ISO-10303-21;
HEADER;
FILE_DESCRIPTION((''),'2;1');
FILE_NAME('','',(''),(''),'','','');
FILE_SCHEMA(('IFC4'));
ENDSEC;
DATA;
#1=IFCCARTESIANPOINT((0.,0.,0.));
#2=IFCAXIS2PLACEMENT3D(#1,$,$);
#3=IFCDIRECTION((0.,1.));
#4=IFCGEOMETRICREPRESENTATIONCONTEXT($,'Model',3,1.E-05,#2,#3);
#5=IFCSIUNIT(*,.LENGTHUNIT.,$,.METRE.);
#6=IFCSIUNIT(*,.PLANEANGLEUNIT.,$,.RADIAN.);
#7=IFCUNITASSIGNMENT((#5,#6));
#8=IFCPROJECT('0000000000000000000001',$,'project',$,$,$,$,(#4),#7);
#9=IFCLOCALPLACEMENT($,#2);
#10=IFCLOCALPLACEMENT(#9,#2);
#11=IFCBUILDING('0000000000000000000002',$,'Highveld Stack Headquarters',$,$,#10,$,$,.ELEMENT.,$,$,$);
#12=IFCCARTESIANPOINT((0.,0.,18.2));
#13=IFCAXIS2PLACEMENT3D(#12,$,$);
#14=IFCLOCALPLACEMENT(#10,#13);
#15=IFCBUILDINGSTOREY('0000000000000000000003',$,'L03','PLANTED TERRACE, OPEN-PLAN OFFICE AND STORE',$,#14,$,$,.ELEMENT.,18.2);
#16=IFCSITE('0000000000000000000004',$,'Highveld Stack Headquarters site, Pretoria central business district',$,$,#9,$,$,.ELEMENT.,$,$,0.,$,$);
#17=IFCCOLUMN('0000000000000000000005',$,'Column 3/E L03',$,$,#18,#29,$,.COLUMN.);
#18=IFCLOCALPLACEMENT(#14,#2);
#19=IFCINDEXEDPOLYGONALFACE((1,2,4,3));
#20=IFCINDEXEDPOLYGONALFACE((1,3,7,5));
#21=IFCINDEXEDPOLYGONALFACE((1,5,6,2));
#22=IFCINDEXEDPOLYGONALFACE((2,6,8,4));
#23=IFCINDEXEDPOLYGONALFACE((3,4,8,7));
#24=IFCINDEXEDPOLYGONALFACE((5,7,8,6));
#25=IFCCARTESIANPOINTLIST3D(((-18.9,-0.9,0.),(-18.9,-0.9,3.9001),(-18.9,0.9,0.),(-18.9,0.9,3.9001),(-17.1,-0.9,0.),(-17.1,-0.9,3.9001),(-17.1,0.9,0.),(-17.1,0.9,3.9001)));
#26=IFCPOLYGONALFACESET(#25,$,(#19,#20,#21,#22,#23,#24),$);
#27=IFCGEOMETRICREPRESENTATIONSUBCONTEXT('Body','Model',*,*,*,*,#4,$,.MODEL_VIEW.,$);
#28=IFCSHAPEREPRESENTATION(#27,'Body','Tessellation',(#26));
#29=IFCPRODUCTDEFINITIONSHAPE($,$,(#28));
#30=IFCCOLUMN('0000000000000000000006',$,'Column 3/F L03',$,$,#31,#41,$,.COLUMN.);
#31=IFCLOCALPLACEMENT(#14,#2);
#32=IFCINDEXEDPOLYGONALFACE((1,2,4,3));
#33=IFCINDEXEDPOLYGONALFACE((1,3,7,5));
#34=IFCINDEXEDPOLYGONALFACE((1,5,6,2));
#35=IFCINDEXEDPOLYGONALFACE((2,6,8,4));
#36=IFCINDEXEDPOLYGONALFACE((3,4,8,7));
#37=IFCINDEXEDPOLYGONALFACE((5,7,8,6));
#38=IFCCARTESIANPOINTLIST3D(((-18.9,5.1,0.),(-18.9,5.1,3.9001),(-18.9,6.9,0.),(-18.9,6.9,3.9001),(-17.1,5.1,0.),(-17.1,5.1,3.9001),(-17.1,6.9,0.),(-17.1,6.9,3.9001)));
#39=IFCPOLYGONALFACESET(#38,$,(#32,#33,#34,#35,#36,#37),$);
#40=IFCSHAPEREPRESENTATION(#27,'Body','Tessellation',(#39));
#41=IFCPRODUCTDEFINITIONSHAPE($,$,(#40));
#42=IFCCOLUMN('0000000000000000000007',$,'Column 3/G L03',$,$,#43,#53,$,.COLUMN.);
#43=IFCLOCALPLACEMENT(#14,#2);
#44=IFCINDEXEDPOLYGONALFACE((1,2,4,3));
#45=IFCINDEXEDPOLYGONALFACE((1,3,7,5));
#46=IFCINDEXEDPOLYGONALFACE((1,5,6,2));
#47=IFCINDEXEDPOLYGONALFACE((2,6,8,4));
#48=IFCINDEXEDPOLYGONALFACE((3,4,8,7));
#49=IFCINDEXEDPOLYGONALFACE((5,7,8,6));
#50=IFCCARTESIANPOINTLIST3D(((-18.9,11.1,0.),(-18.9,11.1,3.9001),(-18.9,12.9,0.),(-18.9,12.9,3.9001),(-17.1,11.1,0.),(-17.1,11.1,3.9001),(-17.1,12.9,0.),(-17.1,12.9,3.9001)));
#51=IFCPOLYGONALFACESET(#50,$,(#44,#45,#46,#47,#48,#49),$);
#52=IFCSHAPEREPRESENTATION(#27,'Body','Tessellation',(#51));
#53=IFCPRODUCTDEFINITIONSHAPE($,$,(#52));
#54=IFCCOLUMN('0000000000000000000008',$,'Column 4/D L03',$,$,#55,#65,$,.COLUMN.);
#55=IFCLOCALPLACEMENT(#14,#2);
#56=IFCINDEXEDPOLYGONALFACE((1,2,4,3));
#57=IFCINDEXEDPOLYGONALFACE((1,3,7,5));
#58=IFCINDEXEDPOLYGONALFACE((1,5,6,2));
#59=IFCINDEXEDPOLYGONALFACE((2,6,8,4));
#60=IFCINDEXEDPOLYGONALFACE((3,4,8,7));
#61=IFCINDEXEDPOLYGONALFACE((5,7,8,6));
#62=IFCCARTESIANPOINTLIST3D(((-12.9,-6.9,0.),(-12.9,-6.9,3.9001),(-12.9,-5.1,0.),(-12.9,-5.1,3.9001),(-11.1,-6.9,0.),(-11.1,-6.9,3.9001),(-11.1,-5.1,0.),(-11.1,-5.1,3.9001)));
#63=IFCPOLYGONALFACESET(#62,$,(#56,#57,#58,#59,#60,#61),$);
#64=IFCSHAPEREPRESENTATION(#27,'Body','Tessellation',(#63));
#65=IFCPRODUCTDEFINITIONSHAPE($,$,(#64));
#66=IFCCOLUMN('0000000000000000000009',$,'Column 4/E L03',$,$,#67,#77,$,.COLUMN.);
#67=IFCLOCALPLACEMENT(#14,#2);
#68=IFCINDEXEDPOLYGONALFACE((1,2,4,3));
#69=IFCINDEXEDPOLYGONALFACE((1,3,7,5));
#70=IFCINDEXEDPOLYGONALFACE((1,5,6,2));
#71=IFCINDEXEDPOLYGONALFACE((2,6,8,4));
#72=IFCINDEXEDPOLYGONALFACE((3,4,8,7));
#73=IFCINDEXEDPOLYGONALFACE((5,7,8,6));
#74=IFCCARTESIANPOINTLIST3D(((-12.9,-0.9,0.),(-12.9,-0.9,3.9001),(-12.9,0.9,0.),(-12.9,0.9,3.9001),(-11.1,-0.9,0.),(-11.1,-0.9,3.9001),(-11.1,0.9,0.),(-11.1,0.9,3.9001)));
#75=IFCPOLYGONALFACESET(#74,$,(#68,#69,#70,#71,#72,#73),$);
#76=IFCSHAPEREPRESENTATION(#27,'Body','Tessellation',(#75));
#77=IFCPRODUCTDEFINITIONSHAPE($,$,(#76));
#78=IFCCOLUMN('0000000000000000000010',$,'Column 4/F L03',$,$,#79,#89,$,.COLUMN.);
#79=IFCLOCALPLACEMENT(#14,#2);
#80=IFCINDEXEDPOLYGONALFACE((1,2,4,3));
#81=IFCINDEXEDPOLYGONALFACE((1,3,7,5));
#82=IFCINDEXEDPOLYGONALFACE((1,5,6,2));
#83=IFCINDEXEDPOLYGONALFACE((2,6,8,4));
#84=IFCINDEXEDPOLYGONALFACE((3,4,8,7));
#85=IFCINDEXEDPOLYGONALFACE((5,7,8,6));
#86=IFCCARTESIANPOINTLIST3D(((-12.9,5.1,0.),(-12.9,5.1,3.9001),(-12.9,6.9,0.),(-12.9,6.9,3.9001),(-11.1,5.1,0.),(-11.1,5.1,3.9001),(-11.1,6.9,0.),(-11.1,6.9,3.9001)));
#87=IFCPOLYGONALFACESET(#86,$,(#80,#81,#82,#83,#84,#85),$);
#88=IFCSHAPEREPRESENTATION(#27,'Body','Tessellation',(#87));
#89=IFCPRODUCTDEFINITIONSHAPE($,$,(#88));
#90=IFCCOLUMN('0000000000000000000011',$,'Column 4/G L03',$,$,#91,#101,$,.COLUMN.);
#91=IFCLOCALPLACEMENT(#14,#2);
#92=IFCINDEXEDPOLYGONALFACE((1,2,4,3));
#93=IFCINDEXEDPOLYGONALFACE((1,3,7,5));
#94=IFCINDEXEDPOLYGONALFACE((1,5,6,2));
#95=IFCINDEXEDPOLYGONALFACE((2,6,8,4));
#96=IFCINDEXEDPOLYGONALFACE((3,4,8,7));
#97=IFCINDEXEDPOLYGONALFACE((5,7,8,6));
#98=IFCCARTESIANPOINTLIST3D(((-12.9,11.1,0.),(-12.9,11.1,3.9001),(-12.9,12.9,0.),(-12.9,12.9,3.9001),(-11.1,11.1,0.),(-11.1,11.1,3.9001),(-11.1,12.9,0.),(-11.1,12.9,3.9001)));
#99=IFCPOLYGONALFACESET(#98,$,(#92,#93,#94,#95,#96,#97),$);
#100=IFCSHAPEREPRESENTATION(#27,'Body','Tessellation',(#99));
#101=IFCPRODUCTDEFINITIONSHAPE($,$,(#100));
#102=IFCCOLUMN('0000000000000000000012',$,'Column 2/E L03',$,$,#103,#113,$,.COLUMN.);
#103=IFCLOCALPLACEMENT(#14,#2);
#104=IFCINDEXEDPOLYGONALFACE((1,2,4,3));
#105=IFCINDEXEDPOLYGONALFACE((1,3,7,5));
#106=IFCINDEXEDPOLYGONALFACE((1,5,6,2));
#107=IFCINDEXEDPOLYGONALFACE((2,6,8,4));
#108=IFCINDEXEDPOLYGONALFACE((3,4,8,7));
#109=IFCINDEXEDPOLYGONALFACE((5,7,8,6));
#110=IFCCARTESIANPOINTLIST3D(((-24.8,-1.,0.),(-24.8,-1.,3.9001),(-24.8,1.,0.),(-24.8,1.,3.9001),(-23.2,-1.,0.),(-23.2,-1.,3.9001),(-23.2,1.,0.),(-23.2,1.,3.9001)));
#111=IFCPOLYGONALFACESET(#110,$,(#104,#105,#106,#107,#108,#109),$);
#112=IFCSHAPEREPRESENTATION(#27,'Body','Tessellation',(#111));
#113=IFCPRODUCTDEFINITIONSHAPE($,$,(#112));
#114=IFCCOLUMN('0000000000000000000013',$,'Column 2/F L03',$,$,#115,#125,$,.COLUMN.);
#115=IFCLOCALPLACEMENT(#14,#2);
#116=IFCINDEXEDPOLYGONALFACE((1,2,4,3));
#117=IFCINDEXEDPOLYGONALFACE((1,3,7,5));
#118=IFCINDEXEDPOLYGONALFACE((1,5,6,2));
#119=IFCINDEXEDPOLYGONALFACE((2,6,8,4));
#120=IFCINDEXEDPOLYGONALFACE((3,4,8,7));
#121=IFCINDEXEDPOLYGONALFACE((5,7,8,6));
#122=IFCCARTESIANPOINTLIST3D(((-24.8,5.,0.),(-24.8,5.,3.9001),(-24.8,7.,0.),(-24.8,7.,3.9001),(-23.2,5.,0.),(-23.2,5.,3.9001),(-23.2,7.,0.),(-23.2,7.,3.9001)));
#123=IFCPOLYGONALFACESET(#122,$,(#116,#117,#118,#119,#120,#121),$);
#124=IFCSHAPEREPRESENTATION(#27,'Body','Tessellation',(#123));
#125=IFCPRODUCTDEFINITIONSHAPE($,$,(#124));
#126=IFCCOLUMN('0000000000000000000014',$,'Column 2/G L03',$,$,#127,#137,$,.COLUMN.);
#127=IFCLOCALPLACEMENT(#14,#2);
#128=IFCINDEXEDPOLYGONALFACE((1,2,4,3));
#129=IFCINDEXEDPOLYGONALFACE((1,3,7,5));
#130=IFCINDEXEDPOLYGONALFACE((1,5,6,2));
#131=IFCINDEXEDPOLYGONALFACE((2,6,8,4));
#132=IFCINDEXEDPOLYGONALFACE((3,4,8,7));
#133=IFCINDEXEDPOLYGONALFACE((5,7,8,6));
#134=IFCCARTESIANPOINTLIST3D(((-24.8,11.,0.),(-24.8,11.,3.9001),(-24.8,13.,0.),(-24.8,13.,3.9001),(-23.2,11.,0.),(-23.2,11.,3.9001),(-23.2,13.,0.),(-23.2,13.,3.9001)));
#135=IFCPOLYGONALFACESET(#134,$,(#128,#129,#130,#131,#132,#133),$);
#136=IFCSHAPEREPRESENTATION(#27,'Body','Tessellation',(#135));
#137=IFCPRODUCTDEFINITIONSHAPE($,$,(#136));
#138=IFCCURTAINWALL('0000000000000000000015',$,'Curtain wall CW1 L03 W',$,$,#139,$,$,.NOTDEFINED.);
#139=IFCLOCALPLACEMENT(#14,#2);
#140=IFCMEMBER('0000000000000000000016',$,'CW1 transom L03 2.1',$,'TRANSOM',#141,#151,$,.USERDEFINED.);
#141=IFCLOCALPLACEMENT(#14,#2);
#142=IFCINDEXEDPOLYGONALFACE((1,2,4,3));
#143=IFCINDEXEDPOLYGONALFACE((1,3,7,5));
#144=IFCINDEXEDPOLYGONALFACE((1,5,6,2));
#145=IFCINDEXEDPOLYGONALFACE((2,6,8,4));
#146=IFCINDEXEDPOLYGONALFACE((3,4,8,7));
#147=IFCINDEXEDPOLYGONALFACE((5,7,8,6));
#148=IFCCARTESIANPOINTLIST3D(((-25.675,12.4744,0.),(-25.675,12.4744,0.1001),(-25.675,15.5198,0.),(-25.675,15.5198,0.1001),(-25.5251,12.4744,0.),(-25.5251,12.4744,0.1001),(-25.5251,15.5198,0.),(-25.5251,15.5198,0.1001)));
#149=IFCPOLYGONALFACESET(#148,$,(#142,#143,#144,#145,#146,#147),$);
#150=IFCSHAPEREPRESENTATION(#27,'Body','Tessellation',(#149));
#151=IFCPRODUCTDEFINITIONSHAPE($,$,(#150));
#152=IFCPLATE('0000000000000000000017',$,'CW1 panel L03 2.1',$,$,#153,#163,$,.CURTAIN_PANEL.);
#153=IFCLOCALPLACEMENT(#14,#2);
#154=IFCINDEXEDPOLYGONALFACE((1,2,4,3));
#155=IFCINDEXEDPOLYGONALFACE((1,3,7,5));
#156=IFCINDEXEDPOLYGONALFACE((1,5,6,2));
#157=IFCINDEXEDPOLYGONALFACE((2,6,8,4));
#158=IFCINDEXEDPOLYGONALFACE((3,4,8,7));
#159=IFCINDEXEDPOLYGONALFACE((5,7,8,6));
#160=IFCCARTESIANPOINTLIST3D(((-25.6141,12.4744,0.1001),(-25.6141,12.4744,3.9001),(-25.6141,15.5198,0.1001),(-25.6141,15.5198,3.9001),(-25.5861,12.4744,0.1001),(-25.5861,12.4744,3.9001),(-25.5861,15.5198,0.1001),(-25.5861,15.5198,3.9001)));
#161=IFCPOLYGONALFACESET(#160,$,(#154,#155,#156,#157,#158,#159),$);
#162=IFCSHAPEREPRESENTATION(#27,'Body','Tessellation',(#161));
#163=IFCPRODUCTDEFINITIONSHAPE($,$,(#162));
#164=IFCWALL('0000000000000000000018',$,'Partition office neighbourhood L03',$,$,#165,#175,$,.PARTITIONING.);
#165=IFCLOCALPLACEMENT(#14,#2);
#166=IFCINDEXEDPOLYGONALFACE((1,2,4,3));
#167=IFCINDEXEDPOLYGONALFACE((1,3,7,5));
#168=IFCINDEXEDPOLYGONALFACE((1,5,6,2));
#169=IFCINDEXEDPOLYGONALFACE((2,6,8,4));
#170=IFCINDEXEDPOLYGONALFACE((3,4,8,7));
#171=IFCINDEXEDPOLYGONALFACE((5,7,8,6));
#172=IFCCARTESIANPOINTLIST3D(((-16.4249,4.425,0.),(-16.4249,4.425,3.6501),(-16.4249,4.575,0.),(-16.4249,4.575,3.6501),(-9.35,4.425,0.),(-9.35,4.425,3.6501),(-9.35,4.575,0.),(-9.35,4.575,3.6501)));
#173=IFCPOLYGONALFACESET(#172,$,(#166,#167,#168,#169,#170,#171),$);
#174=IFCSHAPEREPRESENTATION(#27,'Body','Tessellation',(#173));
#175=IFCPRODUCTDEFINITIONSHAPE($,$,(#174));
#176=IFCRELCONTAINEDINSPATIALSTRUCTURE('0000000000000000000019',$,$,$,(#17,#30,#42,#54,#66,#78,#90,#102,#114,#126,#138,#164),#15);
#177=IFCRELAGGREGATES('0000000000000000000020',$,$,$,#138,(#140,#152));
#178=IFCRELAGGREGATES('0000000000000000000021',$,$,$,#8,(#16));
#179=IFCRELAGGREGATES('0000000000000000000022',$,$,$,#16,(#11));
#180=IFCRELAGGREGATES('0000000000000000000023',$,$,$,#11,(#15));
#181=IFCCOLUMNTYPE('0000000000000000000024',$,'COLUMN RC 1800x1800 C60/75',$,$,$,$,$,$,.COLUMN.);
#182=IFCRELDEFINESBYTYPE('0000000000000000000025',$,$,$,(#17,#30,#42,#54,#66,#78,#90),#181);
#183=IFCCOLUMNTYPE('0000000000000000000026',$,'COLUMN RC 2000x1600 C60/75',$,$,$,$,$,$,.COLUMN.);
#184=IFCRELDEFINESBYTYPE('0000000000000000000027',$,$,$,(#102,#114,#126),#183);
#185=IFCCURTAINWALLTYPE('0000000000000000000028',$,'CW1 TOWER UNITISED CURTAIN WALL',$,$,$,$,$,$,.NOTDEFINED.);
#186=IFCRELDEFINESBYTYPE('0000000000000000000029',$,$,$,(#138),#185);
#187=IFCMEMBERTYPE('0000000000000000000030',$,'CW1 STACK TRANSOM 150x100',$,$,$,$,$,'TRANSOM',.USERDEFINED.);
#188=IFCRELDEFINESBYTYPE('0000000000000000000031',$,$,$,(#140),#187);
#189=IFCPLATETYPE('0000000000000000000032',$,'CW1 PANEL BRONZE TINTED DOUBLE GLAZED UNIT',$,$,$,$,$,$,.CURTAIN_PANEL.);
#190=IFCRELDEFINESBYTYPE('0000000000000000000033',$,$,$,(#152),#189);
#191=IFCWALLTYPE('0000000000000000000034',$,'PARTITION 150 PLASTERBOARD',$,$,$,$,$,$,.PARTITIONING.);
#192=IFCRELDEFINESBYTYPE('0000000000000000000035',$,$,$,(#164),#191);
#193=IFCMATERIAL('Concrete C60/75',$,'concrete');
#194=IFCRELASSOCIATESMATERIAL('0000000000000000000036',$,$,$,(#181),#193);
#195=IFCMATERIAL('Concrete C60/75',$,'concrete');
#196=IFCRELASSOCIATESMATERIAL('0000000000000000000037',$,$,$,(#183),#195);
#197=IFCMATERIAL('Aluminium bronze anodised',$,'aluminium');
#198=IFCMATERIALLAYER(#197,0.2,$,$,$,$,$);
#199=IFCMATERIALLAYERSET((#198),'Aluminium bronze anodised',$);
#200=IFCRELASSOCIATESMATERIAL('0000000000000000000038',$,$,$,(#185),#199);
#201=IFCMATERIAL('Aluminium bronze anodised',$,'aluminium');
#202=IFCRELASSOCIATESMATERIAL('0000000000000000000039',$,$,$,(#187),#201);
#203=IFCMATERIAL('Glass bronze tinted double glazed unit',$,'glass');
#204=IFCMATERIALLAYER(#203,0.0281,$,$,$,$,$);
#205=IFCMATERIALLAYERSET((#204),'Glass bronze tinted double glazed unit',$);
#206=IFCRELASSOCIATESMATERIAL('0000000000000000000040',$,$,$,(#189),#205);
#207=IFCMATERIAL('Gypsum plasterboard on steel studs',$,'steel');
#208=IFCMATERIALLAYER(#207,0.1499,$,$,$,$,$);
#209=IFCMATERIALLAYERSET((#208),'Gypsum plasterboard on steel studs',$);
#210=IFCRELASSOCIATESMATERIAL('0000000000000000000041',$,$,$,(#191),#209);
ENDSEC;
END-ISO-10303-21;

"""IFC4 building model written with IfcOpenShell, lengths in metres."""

from ifc_helpers import new_model, si_unit, direction, frame, frame_2d, origin, origin_2d, place, context, subcontext, project, spatial, rectangle, extrude, material, layer, layer_set, material_profile, profile_set, type_object, element, aggregate, save


model = new_model("IFC4")

# Units and contexts
model_context = context("Model", 3, precision=1e-05, world=origin(), true_north=direction((0.0, 1.0)))
body_context = subcontext(model_context, "Body", "Model", "MODEL_VIEW")
ifc_project = project(units=[si_unit("LENGTHUNIT", "METRE"), si_unit("PLANEANGLEUNIT", "RADIAN")], contexts=[model_context])

# Site, building, storey
site_placement = place(None, origin())
site = spatial("IfcSite", under=ifc_project, at=site_placement, Name="Highveld Stack Headquarters site, Pretoria central business district", CompositionType="ELEMENT", RefElevation=0.0)
building_placement = place(site_placement, origin())
building = spatial("IfcBuilding", under=site, at=building_placement, Name="Highveld Stack Headquarters", CompositionType="ELEMENT")
storey_placement = place(building_placement, frame((0.0, 0.0, 18.2)))
storey = spatial("IfcBuildingStorey", under=building, at=storey_placement, Name="L03", Description="PLANTED TERRACE, OPEN-PLAN OFFICE AND STORE", CompositionType="ELEMENT", Elevation=18.2)

# Columns
ifc_material_1 = material(Name="Concrete C60/75", Category="concrete")
ifc_material_profile_1 = material_profile(ifc_material_1, rectangle(XDim=1.8, YDim=1.8, at=origin_2d()), Name="RC 1800x1800")
ifc_profile_set_1 = profile_set([ifc_material_profile_1], Name="Concrete C60/75")
column_type_1 = type_object("IfcColumnType", Name="COLUMN RC 1800x1800 C60/75", PredefinedType="COLUMN", material=ifc_profile_set_1)
for number, where, z_axis, x_axis, name in (
    (1, (-18.0, 0.0, 0.0), (0.0, 0.0, 1.0), (1.0, 0.0, 0.0), "Column 3/E L03"),
    (2, (-18.0, 6.0, 0.0), (0.0, 0.0, 1.0), (1.0, 0.0, 0.0), "Column 3/F L03"),
    (3, (-18.0, 12.0, 0.0), (0.0, 0.0, 1.0), (1.0, 0.0, 0.0), "Column 3/G L03"),
    (4, (-12.0, -6.0, 0.0), (0.0, 0.0, 1.0), (1.0, 0.0, 0.0), "Column 4/D L03"),
    (5, (-12.0, 0.0, 0.0), (0.0, 0.0, 1.0), (1.0, 0.0, 0.0), "Column 4/E L03"),
    (6, (-12.0, 6.0, 0.0), (0.0, 0.0, 1.0), (1.0, 0.0, 0.0), "Column 4/F L03"),
    (7, (-12.0, 12.0, 0.0), (0.0, 0.0, 1.0), (1.0, 0.0, 0.0), "Column 4/G L03"),
):
    element("IfcColumn", number, at=place(storey_placement, frame(where, z_axis=z_axis, x_axis=x_axis)), inside=storey, type_object=column_type_1, Name=name, PredefinedType="COLUMN", context=body_context, shape_type="SweptSolid", body=[
        extrude(rectangle(XDim=1.8, YDim=1.8, at=origin_2d()), origin(), (0.0, 0.0, 1.0), 3.9001),
    ])
ifc_material_2 = material(Name="Concrete C60/75", Category="concrete")
ifc_material_profile_2 = material_profile(ifc_material_2, rectangle(XDim=2.0, YDim=1.6001, at=origin_2d()), Name="RC 2000x1600")
ifc_profile_set_2 = profile_set([ifc_material_profile_2], Name="Concrete C60/75")
column_type_2 = type_object("IfcColumnType", Name="COLUMN RC 2000x1600 C60/75", PredefinedType="COLUMN", material=ifc_profile_set_2)
for number, where, z_axis, x_axis, name in (
    (8, (-24.0, 0.0, 0.0), (0.0, 0.0, 1.0), (0.0, 1.0, 0.0), "Column 2/E L03"),
    (9, (-24.0, 6.0, 0.0), (0.0, 0.0, 1.0), (0.0, 1.0, 0.0), "Column 2/F L03"),
    (10, (-24.0, 12.0, 0.0), (0.0, 0.0, 1.0), (0.0, 1.0, 0.0), "Column 2/G L03"),
):
    element("IfcColumn", number, at=place(storey_placement, frame(where, z_axis=z_axis, x_axis=x_axis)), inside=storey, type_object=column_type_2, Name=name, PredefinedType="COLUMN", context=body_context, shape_type="SweptSolid", body=[
        extrude(rectangle(XDim=2.0, YDim=1.6001, at=origin_2d()), origin(), (0.0, 0.0, 1.0), 3.9001),
    ])

# Curtain wall, member, plate
ifc_material_3 = material(Name="Aluminium bronze anodised", Category="aluminium")
ifc_layer_1 = layer(ifc_material_3, 0.2)
ifc_layer_set_1 = layer_set([ifc_layer_1], Name="Aluminium bronze anodised")
curtain_wall_type = type_object("IfcCurtainWallType", Name="CW1 TOWER UNITISED CURTAIN WALL", PredefinedType="NOTDEFINED", material=ifc_layer_set_1)
curtain_wall_placement = place(storey_placement, origin())
curtain_wall = element("IfcCurtainWall", 11, at=curtain_wall_placement, inside=storey, type_object=curtain_wall_type, Name="Curtain wall CW1 L03 W", PredefinedType="NOTDEFINED")
ifc_material_4 = material(Name="Aluminium bronze anodised", Category="aluminium")
ifc_material_profile_3 = material_profile(ifc_material_4, rectangle(XDim=0.1499, YDim=0.1001, at=origin_2d()), Name="CW1 TRANSOM 150x100")
ifc_profile_set_3 = profile_set([ifc_material_profile_3], Name="Aluminium bronze anodised")
member_type = type_object("IfcMemberType", Name="CW1 STACK TRANSOM 150x100", ElementType="TRANSOM", PredefinedType="USERDEFINED", material=ifc_profile_set_3)
member_placement = place(storey_placement, frame((-25.6001, 15.5198, 0.05), z_axis=(0.0, -1.0, 0.0), x_axis=(1.0, 0.0, 0.0)))
member = element("IfcMember", 12, at=member_placement, type_object=member_type, Name="CW1 transom L03 2.1", ObjectType="TRANSOM", PredefinedType="USERDEFINED", context=body_context, shape_type="SweptSolid", body=[
    extrude(rectangle(XDim=0.1499, YDim=0.1001, at=origin_2d()), origin(), (0.0, 0.0, 1.0), 3.0454),
])
ifc_material_5 = material(Name="Glass bronze tinted double glazed unit", Category="glass")
ifc_layer_2 = layer(ifc_material_5, 0.0281)
ifc_layer_set_2 = layer_set([ifc_layer_2], Name="Glass bronze tinted double glazed unit")
plate_type = type_object("IfcPlateType", Name="CW1 PANEL BRONZE TINTED DOUBLE GLAZED UNIT", PredefinedType="CURTAIN_PANEL", material=ifc_layer_set_2)
plate_placement = place(storey_placement, frame((-25.6001, 13.9971, 0.1001), z_axis=(0.0, 0.0, 1.0), x_axis=(0.0, -1.0, 0.0)))
plate = element("IfcPlate", 13, at=plate_placement, type_object=plate_type, Name="CW1 panel L03 2.1", PredefinedType="CURTAIN_PANEL", context=body_context, shape_type="SweptSolid", body=[
    extrude(rectangle(XDim=3.0454, YDim=0.0281, at=origin_2d()), origin(), (0.0, 0.0, 1.0), 3.8),
])
aggregate(curtain_wall, [member, plate])

# Wall
ifc_material_6 = material(Name="Gypsum plasterboard on steel studs", Category="steel")
ifc_layer_3 = layer(ifc_material_6, 0.1499)
ifc_layer_set_3 = layer_set([ifc_layer_3], Name="Gypsum plasterboard on steel studs")
wall_type = type_object("IfcWallType", Name="PARTITION 150 PLASTERBOARD", PredefinedType="PARTITIONING", material=ifc_layer_set_3)
wall_placement = place(storey_placement, frame((-16.425, 4.5, 0.0), z_axis=(0.0, 0.0, 1.0), x_axis=(1.0, 0.0, 0.0)))
element("IfcWall", 14, at=wall_placement, inside=storey, type_object=wall_type, Name="Partition office neighbourhood L03", PredefinedType="PARTITIONING", context=body_context, shape_type="SweptSolid", body=[
    extrude(rectangle(XDim=7.075, YDim=0.1499, at=frame_2d((3.5376, 0.0))), origin(), (0.0, 0.0, 1.0), 3.6501),
])

save(model, "model.ifc")
